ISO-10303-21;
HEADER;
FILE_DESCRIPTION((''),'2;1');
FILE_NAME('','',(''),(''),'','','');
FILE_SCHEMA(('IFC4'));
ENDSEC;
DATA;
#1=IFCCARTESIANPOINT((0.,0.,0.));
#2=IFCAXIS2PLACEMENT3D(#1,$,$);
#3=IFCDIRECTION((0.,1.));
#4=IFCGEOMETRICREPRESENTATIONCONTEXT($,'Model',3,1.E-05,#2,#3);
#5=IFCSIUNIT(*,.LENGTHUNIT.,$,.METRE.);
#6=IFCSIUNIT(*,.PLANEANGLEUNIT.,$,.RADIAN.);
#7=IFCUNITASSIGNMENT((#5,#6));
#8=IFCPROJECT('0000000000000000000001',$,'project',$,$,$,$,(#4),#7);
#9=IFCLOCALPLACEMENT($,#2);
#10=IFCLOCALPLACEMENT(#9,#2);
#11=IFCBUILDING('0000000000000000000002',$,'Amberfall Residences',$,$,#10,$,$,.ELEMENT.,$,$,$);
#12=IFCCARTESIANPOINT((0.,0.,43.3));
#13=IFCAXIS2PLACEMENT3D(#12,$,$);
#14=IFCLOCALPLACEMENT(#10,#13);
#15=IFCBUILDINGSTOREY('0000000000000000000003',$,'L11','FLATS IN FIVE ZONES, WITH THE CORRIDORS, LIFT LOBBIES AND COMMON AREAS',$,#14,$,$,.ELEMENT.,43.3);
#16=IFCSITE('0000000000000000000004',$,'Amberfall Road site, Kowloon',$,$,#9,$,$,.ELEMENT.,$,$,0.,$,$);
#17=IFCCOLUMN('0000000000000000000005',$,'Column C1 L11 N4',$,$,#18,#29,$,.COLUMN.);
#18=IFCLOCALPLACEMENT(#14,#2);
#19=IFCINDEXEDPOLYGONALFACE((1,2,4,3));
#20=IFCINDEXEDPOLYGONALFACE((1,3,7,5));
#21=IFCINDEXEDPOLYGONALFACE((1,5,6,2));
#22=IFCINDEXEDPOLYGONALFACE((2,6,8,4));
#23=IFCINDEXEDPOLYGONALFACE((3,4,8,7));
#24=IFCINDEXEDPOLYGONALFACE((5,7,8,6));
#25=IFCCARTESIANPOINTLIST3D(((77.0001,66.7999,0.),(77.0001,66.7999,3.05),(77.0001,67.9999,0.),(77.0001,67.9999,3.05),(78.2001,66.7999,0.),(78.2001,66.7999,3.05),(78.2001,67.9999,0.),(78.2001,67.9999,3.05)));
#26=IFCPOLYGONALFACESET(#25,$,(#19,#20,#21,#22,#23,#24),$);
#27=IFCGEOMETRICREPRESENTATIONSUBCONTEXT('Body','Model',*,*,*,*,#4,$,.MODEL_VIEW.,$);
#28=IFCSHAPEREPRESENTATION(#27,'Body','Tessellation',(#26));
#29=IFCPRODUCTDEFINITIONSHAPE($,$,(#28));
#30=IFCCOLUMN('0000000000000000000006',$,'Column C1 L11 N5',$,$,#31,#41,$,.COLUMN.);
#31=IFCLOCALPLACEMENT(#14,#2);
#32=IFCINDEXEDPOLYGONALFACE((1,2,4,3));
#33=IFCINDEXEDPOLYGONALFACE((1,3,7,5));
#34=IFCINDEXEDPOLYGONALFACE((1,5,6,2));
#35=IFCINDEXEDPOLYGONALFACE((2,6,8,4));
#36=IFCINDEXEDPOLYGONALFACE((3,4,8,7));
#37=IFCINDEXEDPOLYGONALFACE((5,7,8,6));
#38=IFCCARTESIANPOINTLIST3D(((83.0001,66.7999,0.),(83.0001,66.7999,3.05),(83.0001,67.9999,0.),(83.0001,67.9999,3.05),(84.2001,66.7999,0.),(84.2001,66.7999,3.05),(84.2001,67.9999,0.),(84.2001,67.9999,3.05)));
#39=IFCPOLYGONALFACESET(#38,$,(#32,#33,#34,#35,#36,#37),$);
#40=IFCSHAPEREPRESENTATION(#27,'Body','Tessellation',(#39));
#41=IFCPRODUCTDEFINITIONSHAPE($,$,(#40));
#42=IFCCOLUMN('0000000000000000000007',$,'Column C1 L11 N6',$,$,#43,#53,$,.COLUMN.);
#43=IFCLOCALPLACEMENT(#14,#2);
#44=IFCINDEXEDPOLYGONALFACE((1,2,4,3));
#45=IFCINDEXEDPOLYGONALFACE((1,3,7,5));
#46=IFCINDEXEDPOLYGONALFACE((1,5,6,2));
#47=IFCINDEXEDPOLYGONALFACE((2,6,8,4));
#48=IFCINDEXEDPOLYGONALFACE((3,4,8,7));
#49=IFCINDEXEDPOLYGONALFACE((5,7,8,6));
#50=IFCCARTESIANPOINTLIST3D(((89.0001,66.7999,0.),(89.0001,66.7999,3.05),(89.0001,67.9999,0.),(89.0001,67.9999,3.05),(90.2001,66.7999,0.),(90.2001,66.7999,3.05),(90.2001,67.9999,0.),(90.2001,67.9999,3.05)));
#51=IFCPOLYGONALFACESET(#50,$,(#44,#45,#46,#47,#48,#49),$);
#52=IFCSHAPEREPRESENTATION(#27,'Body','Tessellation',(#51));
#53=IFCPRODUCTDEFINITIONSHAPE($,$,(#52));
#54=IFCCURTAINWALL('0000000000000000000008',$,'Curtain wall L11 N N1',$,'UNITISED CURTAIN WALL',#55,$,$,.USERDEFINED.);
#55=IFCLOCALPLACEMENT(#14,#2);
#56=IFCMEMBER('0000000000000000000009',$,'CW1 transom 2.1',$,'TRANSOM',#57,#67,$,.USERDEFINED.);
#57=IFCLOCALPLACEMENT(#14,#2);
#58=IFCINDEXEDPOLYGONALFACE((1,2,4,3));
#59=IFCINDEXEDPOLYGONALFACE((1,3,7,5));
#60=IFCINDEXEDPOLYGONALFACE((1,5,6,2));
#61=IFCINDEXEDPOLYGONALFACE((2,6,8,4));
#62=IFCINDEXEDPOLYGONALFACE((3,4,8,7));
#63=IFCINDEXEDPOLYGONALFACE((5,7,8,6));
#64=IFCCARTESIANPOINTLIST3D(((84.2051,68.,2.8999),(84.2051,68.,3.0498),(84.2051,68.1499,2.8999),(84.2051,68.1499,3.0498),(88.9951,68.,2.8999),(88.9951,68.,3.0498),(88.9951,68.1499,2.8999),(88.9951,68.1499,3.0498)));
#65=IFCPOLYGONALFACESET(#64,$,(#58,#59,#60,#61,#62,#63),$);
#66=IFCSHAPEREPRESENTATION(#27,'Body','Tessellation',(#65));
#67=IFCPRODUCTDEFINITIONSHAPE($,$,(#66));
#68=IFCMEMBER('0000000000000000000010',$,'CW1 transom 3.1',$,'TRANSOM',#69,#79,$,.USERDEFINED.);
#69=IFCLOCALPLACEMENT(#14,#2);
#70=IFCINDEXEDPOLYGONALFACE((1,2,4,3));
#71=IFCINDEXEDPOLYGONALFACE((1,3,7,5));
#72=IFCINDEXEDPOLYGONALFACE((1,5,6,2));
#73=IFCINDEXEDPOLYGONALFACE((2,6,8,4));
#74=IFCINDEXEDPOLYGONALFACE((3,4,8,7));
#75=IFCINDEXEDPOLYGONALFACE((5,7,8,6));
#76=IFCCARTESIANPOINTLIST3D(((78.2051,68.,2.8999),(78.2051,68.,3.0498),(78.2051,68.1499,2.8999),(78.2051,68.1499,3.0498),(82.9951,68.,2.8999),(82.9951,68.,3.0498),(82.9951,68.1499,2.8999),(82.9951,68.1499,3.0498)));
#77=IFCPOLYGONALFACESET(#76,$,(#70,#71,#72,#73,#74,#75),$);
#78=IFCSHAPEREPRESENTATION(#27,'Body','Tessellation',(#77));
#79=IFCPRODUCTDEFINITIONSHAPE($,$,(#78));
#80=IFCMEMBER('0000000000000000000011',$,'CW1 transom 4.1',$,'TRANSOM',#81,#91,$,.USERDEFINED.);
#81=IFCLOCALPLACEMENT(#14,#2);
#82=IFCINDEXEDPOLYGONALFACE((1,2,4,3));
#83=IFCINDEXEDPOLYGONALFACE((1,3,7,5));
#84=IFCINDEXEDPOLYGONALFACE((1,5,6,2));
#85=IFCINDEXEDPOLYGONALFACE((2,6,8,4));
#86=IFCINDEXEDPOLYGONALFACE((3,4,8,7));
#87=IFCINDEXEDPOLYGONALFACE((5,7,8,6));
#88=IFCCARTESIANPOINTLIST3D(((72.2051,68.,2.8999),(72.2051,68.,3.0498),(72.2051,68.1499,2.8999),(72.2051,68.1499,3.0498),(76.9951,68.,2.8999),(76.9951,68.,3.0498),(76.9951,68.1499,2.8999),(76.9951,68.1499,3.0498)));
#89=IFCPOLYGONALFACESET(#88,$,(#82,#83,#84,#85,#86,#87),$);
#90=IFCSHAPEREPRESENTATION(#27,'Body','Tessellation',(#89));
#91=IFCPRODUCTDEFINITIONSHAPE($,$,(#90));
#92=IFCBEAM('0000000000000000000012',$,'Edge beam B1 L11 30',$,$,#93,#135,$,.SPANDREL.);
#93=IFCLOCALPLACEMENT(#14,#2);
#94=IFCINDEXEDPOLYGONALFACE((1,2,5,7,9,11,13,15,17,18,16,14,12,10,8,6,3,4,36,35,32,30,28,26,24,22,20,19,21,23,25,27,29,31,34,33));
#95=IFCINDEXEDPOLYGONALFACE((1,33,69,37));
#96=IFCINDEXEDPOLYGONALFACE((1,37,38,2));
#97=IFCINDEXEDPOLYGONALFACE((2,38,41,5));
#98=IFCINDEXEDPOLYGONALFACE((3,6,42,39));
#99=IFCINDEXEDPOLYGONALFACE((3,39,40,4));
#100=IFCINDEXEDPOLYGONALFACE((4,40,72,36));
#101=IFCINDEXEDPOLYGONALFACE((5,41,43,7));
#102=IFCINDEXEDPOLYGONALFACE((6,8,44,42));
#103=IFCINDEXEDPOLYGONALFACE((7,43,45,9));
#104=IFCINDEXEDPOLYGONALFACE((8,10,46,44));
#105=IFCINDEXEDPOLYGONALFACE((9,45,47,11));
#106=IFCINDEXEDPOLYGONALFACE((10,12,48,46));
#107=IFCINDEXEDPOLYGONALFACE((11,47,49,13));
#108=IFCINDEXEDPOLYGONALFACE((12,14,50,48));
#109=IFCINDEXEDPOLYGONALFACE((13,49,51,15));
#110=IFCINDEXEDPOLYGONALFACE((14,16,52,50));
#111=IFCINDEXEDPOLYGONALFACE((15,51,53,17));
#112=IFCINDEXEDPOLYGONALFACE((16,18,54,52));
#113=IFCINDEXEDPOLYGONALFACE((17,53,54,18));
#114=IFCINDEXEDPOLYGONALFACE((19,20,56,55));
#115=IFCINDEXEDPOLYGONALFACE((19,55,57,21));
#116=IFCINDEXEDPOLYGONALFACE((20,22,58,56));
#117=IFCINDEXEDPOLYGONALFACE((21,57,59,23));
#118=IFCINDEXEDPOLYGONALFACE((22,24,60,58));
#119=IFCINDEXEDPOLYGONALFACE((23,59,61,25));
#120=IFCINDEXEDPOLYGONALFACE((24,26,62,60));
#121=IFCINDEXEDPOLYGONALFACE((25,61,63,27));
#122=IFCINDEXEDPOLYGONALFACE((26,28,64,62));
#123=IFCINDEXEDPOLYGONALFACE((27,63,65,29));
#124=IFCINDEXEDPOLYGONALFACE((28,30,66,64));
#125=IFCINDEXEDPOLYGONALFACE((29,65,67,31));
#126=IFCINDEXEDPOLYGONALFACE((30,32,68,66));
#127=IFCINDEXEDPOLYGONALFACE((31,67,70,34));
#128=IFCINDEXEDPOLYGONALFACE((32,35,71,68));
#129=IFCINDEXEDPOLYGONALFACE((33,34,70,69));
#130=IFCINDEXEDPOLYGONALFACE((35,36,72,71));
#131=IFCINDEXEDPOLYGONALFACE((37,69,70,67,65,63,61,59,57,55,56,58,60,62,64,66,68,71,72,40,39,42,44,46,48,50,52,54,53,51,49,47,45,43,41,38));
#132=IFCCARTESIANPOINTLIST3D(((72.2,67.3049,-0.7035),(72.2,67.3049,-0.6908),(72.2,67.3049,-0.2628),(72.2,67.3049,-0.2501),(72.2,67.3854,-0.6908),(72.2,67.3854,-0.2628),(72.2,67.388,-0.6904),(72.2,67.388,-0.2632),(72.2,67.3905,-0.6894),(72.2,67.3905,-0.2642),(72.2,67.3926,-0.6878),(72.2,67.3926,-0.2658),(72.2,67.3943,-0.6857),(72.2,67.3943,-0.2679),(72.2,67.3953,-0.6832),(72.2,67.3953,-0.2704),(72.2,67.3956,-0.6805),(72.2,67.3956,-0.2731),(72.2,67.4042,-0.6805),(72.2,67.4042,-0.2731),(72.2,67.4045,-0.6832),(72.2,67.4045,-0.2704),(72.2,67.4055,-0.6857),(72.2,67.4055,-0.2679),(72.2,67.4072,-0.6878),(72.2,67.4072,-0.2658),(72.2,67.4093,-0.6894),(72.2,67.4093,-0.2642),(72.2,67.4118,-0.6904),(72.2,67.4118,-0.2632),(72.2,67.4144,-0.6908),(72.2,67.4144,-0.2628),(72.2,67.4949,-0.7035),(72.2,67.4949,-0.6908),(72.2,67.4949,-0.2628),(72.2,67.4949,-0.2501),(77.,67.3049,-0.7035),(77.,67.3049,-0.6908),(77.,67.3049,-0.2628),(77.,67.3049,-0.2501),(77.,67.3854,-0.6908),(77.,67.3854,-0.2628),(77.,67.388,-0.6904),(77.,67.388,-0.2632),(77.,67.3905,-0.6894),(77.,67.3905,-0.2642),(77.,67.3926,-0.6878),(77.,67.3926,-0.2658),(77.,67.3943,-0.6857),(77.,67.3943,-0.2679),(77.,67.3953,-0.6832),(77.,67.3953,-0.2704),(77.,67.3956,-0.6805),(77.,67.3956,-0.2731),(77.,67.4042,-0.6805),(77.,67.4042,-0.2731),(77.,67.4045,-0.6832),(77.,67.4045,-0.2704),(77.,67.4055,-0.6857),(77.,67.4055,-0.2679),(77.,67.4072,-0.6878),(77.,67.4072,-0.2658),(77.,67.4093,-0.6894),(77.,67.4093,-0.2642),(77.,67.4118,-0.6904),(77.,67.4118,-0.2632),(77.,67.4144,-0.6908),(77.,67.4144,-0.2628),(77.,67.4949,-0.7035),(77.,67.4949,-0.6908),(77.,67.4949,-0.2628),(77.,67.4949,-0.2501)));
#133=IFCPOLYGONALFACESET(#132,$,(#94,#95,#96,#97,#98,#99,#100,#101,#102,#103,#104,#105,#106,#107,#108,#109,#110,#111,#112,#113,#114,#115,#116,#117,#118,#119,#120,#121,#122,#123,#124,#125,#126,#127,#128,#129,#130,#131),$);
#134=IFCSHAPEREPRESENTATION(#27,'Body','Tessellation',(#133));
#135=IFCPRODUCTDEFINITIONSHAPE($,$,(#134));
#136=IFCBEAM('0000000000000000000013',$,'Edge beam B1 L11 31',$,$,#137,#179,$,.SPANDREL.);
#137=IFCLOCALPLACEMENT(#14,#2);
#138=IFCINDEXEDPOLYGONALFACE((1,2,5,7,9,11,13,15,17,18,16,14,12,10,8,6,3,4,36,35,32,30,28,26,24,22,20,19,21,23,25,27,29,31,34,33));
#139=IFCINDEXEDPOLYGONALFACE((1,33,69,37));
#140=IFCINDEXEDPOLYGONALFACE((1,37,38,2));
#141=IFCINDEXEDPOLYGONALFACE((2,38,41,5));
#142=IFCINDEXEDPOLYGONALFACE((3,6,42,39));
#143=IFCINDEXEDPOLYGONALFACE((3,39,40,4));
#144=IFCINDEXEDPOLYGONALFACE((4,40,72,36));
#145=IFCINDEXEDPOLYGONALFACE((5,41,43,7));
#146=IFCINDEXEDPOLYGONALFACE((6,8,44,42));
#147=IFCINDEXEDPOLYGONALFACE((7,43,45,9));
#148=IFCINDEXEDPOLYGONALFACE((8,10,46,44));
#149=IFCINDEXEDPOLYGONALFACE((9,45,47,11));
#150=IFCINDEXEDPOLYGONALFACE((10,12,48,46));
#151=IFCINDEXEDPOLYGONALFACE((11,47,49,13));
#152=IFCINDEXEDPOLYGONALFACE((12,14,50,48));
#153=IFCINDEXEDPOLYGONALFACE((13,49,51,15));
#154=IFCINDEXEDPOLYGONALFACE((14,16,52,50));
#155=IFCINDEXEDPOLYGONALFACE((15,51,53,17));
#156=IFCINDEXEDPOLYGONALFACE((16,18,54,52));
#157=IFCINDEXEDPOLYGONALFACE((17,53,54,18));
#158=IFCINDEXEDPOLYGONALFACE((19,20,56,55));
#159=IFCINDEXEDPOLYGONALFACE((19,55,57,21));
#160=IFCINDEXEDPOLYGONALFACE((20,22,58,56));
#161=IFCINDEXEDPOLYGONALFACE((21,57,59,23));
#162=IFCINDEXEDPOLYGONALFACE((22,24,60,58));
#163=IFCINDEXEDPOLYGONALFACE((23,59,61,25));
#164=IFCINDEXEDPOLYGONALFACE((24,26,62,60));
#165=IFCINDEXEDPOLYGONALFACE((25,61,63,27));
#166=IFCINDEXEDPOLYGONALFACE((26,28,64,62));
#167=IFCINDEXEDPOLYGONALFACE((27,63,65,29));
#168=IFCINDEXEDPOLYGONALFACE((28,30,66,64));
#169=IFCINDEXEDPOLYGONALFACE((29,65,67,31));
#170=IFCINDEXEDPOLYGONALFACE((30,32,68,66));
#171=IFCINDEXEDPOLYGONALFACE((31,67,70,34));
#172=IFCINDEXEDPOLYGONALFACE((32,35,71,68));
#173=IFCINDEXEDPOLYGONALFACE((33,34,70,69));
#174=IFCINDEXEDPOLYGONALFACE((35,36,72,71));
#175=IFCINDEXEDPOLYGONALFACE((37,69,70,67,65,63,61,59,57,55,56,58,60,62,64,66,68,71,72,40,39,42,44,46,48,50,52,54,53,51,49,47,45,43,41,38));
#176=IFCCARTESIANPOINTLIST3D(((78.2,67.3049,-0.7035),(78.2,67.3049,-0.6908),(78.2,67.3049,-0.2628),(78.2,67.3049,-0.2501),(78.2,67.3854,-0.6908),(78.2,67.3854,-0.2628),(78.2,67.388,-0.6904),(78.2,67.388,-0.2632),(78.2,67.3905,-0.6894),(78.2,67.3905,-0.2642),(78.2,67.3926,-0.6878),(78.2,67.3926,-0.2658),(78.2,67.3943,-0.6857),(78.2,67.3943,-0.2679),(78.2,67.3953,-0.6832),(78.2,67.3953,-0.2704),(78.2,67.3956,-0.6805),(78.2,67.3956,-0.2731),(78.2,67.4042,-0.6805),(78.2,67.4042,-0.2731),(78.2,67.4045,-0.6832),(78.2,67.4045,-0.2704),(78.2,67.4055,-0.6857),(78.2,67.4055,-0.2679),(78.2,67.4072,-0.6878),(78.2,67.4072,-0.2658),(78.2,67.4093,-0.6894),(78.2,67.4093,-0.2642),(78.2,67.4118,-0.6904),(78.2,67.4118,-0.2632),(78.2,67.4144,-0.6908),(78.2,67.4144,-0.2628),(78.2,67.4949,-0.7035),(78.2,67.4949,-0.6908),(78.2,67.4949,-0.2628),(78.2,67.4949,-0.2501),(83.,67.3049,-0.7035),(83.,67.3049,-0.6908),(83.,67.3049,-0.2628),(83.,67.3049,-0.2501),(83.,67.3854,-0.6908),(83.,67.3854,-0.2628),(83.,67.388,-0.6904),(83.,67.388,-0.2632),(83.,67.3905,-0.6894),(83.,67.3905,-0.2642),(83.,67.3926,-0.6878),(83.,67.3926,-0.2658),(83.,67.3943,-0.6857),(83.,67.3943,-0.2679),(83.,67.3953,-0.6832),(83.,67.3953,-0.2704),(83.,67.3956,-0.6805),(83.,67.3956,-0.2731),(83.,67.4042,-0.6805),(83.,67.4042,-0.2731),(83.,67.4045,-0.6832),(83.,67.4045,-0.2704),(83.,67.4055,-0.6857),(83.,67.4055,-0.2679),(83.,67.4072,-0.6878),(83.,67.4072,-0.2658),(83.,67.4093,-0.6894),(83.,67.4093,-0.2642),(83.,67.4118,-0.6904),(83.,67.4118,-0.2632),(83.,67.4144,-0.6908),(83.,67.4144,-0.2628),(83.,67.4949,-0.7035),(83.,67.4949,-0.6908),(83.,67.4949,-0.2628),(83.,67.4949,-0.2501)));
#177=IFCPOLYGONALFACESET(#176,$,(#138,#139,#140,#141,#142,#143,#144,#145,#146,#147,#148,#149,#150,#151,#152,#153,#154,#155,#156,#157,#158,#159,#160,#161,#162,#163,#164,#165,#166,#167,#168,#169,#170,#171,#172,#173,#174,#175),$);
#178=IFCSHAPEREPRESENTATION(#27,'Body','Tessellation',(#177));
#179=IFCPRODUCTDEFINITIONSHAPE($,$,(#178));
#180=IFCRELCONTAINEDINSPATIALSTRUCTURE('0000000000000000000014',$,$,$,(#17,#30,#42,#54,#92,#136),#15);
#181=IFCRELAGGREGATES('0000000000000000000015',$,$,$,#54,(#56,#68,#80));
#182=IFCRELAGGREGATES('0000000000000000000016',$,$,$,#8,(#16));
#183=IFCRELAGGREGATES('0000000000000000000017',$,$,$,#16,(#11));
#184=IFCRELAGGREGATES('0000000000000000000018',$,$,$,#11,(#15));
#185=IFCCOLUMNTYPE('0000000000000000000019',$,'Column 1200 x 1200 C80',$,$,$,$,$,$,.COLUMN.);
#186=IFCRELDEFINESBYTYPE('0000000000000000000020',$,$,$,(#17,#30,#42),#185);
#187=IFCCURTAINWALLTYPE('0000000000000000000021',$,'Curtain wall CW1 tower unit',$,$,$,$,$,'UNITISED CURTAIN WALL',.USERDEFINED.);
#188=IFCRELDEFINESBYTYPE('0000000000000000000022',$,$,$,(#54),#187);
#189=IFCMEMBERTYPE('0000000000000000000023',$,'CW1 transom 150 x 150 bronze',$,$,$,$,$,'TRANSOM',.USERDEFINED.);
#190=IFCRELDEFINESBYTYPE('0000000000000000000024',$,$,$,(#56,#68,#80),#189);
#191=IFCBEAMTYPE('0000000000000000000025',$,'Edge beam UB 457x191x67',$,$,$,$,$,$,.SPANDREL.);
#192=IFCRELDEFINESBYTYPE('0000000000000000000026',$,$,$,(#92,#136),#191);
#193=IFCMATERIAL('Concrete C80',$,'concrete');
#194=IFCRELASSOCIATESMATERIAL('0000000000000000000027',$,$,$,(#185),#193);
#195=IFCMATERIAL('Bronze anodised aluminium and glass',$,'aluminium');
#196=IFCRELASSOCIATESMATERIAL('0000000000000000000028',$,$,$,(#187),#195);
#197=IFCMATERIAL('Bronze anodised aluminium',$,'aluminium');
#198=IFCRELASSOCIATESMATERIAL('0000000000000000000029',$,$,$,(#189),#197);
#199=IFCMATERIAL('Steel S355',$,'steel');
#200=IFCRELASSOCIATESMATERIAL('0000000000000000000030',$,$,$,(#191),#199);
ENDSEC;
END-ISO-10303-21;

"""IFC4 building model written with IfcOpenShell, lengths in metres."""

from ifc_helpers import new_model, si_unit, direction, frame, origin, origin_2d, place, context, subcontext, project, spatial, rectangle, i_section, extrude, material, material_profile, profile_set, type_object, element, aggregate, save


model = new_model("IFC4")

# Units and contexts
model_context = context("Model", 3, precision=1e-05, world=origin(), true_north=direction((0.0, 1.0)))
body_context = subcontext(model_context, "Body", "Model", "MODEL_VIEW")
ifc_project = project(units=[si_unit("LENGTHUNIT", "METRE"), si_unit("PLANEANGLEUNIT", "RADIAN")], contexts=[model_context])

# Site, building, storey
site_placement = place(None, origin())
site = spatial("IfcSite", under=ifc_project, at=site_placement, Name="Amberfall Road site, Kowloon", CompositionType="ELEMENT", RefElevation=0.0)
building_placement = place(site_placement, origin())
building = spatial("IfcBuilding", under=site, at=building_placement, Name="Amberfall Residences", CompositionType="ELEMENT")
storey_placement = place(building_placement, frame((0.0, 0.0, 43.3)))
storey = spatial("IfcBuildingStorey", under=building, at=storey_placement, Name="L11", Description="FLATS IN FIVE ZONES, WITH THE CORRIDORS, LIFT LOBBIES AND COMMON AREAS", CompositionType="ELEMENT", Elevation=43.3)

# Columns
ifc_material_1 = material(Name="Concrete C80", Category="concrete")
ifc_material_profile_1 = material_profile(ifc_material_1, rectangle(XDim=1.2, YDim=1.2, at=origin_2d()), Name="Column 1200 x 1200 C80")
ifc_profile_set_1 = profile_set([ifc_material_profile_1], Name="Concrete C80")
column_type = type_object("IfcColumnType", Name="Column 1200 x 1200 C80", PredefinedType="COLUMN", material=ifc_profile_set_1)
for number, where, z_axis, x_axis, name in (
    (1, (77.6001, 67.3999, 0.0), (0.0, 0.0, 1.0), (1.0, 0.0, 0.0), "Column C1 L11 N4"),
    (2, (83.6001, 67.3999, 0.0), (0.0, 0.0, 1.0), (1.0, 0.0, 0.0), "Column C1 L11 N5"),
    (3, (89.6001, 67.3999, 0.0), (0.0, 0.0, 1.0), (1.0, 0.0, 0.0), "Column C1 L11 N6"),
):
    element("IfcColumn", number, at=place(storey_placement, frame(where, z_axis=z_axis, x_axis=x_axis)), inside=storey, type_object=column_type, Name=name, PredefinedType="COLUMN", context=body_context, shape_type="SweptSolid", body=[
        extrude(rectangle(XDim=1.2, YDim=1.2, at=origin_2d()), origin(), (0.0, 0.0, 1.0), 3.05),
    ])

# Curtain wall, members
ifc_material_2 = material(Name="Bronze anodised aluminium and glass", Category="aluminium")
curtain_wall_type = type_object("IfcCurtainWallType", Name="Curtain wall CW1 tower unit", ElementType="UNITISED CURTAIN WALL", PredefinedType="USERDEFINED", material=ifc_material_2)
curtain_wall_placement = place(storey_placement, origin())
curtain_wall = element("IfcCurtainWall", 4, at=curtain_wall_placement, inside=storey, type_object=curtain_wall_type, Name="Curtain wall L11 N N1", ObjectType="UNITISED CURTAIN WALL", PredefinedType="USERDEFINED")
ifc_material_3 = material(Name="Bronze anodised aluminium", Category="aluminium")
ifc_material_profile_2 = material_profile(ifc_material_3, rectangle(XDim=0.1499, YDim=0.1499, at=origin_2d()), Name="CW1 transom 150 x 150 bronze")
ifc_profile_set_2 = profile_set([ifc_material_profile_2], Name="Bronze anodised aluminium")
member_type_1 = type_object("IfcMemberType", Name="CW1 transom 150 x 150 bronze", ElementType="TRANSOM", PredefinedType="USERDEFINED", material=ifc_profile_set_2)
member_1_placement = place(storey_placement, frame((88.9951, 68.075, 2.9749), z_axis=(-1.0, 0.0, 0.0), x_axis=(0.0, -1.0, 0.0)))
member_1 = element("IfcMember", 5, at=member_1_placement, type_object=member_type_1, Name="CW1 transom 2.1", ObjectType="TRANSOM", PredefinedType="USERDEFINED", context=body_context, shape_type="SweptSolid", body=[
    extrude(rectangle(XDim=0.1499, YDim=0.1499, at=origin_2d()), origin(), (0.0, 0.0, 1.0), 4.79),
])
member_2_placement = place(storey_placement, frame((82.9951, 68.075, 2.9749), z_axis=(-1.0, 0.0, 0.0), x_axis=(0.0, -1.0, 0.0)))
member_2 = element("IfcMember", 6, at=member_2_placement, type_object=member_type_1, Name="CW1 transom 3.1", ObjectType="TRANSOM", PredefinedType="USERDEFINED", context=body_context, shape_type="SweptSolid", body=[
    extrude(rectangle(XDim=0.1499, YDim=0.1499, at=origin_2d()), origin(), (0.0, 0.0, 1.0), 4.79),
])
member_3_placement = place(storey_placement, frame((76.9951, 68.075, 2.9749), z_axis=(-1.0, 0.0, 0.0), x_axis=(0.0, -1.0, 0.0)))
member_3 = element("IfcMember", 7, at=member_3_placement, type_object=member_type_1, Name="CW1 transom 4.1", ObjectType="TRANSOM", PredefinedType="USERDEFINED", context=body_context, shape_type="SweptSolid", body=[
    extrude(rectangle(XDim=0.1499, YDim=0.1499, at=origin_2d()), origin(), (0.0, 0.0, 1.0), 4.79),
])

# Beams
ifc_material_4 = material(Name="Steel S355", Category="steel")
ifc_material_profile_3 = material_profile(ifc_material_4, i_section(OverallWidth=0.1899, OverallDepth=0.4534, WebThickness=0.0085, FlangeThickness=0.0127, FilletRadius=0.0103, at=origin_2d()), Name="UB 457x191x67")
ifc_profile_set_3 = profile_set([ifc_material_profile_3], Name="Steel S355")
beam_type_1 = type_object("IfcBeamType", Name="Edge beam UB 457x191x67", PredefinedType="SPANDREL", material=ifc_profile_set_3)
for number, where, z_axis, x_axis, name in (
    (8, (72.2, 67.3999, -0.4768), (1.0, 0.0, 0.0), (0.0, 1.0, 0.0), "Edge beam B1 L11 30"),
    (9, (78.2, 67.3999, -0.4768), (1.0, 0.0, 0.0), (0.0, 1.0, 0.0), "Edge beam B1 L11 31"),
):
    element("IfcBeam", number, at=place(storey_placement, frame(where, z_axis=z_axis, x_axis=x_axis)), inside=storey, type_object=beam_type_1, Name=name, PredefinedType="SPANDREL", context=body_context, shape_type="SweptSolid", body=[
        extrude(i_section(OverallWidth=0.1899, OverallDepth=0.4534, WebThickness=0.0085, FlangeThickness=0.0127, FilletRadius=0.0103, at=origin_2d()), origin(), (0.0, 0.0, 1.0), 4.8),
    ])

aggregate(curtain_wall, [member_1, member_2, member_3])

save(model, "model.ifc")
